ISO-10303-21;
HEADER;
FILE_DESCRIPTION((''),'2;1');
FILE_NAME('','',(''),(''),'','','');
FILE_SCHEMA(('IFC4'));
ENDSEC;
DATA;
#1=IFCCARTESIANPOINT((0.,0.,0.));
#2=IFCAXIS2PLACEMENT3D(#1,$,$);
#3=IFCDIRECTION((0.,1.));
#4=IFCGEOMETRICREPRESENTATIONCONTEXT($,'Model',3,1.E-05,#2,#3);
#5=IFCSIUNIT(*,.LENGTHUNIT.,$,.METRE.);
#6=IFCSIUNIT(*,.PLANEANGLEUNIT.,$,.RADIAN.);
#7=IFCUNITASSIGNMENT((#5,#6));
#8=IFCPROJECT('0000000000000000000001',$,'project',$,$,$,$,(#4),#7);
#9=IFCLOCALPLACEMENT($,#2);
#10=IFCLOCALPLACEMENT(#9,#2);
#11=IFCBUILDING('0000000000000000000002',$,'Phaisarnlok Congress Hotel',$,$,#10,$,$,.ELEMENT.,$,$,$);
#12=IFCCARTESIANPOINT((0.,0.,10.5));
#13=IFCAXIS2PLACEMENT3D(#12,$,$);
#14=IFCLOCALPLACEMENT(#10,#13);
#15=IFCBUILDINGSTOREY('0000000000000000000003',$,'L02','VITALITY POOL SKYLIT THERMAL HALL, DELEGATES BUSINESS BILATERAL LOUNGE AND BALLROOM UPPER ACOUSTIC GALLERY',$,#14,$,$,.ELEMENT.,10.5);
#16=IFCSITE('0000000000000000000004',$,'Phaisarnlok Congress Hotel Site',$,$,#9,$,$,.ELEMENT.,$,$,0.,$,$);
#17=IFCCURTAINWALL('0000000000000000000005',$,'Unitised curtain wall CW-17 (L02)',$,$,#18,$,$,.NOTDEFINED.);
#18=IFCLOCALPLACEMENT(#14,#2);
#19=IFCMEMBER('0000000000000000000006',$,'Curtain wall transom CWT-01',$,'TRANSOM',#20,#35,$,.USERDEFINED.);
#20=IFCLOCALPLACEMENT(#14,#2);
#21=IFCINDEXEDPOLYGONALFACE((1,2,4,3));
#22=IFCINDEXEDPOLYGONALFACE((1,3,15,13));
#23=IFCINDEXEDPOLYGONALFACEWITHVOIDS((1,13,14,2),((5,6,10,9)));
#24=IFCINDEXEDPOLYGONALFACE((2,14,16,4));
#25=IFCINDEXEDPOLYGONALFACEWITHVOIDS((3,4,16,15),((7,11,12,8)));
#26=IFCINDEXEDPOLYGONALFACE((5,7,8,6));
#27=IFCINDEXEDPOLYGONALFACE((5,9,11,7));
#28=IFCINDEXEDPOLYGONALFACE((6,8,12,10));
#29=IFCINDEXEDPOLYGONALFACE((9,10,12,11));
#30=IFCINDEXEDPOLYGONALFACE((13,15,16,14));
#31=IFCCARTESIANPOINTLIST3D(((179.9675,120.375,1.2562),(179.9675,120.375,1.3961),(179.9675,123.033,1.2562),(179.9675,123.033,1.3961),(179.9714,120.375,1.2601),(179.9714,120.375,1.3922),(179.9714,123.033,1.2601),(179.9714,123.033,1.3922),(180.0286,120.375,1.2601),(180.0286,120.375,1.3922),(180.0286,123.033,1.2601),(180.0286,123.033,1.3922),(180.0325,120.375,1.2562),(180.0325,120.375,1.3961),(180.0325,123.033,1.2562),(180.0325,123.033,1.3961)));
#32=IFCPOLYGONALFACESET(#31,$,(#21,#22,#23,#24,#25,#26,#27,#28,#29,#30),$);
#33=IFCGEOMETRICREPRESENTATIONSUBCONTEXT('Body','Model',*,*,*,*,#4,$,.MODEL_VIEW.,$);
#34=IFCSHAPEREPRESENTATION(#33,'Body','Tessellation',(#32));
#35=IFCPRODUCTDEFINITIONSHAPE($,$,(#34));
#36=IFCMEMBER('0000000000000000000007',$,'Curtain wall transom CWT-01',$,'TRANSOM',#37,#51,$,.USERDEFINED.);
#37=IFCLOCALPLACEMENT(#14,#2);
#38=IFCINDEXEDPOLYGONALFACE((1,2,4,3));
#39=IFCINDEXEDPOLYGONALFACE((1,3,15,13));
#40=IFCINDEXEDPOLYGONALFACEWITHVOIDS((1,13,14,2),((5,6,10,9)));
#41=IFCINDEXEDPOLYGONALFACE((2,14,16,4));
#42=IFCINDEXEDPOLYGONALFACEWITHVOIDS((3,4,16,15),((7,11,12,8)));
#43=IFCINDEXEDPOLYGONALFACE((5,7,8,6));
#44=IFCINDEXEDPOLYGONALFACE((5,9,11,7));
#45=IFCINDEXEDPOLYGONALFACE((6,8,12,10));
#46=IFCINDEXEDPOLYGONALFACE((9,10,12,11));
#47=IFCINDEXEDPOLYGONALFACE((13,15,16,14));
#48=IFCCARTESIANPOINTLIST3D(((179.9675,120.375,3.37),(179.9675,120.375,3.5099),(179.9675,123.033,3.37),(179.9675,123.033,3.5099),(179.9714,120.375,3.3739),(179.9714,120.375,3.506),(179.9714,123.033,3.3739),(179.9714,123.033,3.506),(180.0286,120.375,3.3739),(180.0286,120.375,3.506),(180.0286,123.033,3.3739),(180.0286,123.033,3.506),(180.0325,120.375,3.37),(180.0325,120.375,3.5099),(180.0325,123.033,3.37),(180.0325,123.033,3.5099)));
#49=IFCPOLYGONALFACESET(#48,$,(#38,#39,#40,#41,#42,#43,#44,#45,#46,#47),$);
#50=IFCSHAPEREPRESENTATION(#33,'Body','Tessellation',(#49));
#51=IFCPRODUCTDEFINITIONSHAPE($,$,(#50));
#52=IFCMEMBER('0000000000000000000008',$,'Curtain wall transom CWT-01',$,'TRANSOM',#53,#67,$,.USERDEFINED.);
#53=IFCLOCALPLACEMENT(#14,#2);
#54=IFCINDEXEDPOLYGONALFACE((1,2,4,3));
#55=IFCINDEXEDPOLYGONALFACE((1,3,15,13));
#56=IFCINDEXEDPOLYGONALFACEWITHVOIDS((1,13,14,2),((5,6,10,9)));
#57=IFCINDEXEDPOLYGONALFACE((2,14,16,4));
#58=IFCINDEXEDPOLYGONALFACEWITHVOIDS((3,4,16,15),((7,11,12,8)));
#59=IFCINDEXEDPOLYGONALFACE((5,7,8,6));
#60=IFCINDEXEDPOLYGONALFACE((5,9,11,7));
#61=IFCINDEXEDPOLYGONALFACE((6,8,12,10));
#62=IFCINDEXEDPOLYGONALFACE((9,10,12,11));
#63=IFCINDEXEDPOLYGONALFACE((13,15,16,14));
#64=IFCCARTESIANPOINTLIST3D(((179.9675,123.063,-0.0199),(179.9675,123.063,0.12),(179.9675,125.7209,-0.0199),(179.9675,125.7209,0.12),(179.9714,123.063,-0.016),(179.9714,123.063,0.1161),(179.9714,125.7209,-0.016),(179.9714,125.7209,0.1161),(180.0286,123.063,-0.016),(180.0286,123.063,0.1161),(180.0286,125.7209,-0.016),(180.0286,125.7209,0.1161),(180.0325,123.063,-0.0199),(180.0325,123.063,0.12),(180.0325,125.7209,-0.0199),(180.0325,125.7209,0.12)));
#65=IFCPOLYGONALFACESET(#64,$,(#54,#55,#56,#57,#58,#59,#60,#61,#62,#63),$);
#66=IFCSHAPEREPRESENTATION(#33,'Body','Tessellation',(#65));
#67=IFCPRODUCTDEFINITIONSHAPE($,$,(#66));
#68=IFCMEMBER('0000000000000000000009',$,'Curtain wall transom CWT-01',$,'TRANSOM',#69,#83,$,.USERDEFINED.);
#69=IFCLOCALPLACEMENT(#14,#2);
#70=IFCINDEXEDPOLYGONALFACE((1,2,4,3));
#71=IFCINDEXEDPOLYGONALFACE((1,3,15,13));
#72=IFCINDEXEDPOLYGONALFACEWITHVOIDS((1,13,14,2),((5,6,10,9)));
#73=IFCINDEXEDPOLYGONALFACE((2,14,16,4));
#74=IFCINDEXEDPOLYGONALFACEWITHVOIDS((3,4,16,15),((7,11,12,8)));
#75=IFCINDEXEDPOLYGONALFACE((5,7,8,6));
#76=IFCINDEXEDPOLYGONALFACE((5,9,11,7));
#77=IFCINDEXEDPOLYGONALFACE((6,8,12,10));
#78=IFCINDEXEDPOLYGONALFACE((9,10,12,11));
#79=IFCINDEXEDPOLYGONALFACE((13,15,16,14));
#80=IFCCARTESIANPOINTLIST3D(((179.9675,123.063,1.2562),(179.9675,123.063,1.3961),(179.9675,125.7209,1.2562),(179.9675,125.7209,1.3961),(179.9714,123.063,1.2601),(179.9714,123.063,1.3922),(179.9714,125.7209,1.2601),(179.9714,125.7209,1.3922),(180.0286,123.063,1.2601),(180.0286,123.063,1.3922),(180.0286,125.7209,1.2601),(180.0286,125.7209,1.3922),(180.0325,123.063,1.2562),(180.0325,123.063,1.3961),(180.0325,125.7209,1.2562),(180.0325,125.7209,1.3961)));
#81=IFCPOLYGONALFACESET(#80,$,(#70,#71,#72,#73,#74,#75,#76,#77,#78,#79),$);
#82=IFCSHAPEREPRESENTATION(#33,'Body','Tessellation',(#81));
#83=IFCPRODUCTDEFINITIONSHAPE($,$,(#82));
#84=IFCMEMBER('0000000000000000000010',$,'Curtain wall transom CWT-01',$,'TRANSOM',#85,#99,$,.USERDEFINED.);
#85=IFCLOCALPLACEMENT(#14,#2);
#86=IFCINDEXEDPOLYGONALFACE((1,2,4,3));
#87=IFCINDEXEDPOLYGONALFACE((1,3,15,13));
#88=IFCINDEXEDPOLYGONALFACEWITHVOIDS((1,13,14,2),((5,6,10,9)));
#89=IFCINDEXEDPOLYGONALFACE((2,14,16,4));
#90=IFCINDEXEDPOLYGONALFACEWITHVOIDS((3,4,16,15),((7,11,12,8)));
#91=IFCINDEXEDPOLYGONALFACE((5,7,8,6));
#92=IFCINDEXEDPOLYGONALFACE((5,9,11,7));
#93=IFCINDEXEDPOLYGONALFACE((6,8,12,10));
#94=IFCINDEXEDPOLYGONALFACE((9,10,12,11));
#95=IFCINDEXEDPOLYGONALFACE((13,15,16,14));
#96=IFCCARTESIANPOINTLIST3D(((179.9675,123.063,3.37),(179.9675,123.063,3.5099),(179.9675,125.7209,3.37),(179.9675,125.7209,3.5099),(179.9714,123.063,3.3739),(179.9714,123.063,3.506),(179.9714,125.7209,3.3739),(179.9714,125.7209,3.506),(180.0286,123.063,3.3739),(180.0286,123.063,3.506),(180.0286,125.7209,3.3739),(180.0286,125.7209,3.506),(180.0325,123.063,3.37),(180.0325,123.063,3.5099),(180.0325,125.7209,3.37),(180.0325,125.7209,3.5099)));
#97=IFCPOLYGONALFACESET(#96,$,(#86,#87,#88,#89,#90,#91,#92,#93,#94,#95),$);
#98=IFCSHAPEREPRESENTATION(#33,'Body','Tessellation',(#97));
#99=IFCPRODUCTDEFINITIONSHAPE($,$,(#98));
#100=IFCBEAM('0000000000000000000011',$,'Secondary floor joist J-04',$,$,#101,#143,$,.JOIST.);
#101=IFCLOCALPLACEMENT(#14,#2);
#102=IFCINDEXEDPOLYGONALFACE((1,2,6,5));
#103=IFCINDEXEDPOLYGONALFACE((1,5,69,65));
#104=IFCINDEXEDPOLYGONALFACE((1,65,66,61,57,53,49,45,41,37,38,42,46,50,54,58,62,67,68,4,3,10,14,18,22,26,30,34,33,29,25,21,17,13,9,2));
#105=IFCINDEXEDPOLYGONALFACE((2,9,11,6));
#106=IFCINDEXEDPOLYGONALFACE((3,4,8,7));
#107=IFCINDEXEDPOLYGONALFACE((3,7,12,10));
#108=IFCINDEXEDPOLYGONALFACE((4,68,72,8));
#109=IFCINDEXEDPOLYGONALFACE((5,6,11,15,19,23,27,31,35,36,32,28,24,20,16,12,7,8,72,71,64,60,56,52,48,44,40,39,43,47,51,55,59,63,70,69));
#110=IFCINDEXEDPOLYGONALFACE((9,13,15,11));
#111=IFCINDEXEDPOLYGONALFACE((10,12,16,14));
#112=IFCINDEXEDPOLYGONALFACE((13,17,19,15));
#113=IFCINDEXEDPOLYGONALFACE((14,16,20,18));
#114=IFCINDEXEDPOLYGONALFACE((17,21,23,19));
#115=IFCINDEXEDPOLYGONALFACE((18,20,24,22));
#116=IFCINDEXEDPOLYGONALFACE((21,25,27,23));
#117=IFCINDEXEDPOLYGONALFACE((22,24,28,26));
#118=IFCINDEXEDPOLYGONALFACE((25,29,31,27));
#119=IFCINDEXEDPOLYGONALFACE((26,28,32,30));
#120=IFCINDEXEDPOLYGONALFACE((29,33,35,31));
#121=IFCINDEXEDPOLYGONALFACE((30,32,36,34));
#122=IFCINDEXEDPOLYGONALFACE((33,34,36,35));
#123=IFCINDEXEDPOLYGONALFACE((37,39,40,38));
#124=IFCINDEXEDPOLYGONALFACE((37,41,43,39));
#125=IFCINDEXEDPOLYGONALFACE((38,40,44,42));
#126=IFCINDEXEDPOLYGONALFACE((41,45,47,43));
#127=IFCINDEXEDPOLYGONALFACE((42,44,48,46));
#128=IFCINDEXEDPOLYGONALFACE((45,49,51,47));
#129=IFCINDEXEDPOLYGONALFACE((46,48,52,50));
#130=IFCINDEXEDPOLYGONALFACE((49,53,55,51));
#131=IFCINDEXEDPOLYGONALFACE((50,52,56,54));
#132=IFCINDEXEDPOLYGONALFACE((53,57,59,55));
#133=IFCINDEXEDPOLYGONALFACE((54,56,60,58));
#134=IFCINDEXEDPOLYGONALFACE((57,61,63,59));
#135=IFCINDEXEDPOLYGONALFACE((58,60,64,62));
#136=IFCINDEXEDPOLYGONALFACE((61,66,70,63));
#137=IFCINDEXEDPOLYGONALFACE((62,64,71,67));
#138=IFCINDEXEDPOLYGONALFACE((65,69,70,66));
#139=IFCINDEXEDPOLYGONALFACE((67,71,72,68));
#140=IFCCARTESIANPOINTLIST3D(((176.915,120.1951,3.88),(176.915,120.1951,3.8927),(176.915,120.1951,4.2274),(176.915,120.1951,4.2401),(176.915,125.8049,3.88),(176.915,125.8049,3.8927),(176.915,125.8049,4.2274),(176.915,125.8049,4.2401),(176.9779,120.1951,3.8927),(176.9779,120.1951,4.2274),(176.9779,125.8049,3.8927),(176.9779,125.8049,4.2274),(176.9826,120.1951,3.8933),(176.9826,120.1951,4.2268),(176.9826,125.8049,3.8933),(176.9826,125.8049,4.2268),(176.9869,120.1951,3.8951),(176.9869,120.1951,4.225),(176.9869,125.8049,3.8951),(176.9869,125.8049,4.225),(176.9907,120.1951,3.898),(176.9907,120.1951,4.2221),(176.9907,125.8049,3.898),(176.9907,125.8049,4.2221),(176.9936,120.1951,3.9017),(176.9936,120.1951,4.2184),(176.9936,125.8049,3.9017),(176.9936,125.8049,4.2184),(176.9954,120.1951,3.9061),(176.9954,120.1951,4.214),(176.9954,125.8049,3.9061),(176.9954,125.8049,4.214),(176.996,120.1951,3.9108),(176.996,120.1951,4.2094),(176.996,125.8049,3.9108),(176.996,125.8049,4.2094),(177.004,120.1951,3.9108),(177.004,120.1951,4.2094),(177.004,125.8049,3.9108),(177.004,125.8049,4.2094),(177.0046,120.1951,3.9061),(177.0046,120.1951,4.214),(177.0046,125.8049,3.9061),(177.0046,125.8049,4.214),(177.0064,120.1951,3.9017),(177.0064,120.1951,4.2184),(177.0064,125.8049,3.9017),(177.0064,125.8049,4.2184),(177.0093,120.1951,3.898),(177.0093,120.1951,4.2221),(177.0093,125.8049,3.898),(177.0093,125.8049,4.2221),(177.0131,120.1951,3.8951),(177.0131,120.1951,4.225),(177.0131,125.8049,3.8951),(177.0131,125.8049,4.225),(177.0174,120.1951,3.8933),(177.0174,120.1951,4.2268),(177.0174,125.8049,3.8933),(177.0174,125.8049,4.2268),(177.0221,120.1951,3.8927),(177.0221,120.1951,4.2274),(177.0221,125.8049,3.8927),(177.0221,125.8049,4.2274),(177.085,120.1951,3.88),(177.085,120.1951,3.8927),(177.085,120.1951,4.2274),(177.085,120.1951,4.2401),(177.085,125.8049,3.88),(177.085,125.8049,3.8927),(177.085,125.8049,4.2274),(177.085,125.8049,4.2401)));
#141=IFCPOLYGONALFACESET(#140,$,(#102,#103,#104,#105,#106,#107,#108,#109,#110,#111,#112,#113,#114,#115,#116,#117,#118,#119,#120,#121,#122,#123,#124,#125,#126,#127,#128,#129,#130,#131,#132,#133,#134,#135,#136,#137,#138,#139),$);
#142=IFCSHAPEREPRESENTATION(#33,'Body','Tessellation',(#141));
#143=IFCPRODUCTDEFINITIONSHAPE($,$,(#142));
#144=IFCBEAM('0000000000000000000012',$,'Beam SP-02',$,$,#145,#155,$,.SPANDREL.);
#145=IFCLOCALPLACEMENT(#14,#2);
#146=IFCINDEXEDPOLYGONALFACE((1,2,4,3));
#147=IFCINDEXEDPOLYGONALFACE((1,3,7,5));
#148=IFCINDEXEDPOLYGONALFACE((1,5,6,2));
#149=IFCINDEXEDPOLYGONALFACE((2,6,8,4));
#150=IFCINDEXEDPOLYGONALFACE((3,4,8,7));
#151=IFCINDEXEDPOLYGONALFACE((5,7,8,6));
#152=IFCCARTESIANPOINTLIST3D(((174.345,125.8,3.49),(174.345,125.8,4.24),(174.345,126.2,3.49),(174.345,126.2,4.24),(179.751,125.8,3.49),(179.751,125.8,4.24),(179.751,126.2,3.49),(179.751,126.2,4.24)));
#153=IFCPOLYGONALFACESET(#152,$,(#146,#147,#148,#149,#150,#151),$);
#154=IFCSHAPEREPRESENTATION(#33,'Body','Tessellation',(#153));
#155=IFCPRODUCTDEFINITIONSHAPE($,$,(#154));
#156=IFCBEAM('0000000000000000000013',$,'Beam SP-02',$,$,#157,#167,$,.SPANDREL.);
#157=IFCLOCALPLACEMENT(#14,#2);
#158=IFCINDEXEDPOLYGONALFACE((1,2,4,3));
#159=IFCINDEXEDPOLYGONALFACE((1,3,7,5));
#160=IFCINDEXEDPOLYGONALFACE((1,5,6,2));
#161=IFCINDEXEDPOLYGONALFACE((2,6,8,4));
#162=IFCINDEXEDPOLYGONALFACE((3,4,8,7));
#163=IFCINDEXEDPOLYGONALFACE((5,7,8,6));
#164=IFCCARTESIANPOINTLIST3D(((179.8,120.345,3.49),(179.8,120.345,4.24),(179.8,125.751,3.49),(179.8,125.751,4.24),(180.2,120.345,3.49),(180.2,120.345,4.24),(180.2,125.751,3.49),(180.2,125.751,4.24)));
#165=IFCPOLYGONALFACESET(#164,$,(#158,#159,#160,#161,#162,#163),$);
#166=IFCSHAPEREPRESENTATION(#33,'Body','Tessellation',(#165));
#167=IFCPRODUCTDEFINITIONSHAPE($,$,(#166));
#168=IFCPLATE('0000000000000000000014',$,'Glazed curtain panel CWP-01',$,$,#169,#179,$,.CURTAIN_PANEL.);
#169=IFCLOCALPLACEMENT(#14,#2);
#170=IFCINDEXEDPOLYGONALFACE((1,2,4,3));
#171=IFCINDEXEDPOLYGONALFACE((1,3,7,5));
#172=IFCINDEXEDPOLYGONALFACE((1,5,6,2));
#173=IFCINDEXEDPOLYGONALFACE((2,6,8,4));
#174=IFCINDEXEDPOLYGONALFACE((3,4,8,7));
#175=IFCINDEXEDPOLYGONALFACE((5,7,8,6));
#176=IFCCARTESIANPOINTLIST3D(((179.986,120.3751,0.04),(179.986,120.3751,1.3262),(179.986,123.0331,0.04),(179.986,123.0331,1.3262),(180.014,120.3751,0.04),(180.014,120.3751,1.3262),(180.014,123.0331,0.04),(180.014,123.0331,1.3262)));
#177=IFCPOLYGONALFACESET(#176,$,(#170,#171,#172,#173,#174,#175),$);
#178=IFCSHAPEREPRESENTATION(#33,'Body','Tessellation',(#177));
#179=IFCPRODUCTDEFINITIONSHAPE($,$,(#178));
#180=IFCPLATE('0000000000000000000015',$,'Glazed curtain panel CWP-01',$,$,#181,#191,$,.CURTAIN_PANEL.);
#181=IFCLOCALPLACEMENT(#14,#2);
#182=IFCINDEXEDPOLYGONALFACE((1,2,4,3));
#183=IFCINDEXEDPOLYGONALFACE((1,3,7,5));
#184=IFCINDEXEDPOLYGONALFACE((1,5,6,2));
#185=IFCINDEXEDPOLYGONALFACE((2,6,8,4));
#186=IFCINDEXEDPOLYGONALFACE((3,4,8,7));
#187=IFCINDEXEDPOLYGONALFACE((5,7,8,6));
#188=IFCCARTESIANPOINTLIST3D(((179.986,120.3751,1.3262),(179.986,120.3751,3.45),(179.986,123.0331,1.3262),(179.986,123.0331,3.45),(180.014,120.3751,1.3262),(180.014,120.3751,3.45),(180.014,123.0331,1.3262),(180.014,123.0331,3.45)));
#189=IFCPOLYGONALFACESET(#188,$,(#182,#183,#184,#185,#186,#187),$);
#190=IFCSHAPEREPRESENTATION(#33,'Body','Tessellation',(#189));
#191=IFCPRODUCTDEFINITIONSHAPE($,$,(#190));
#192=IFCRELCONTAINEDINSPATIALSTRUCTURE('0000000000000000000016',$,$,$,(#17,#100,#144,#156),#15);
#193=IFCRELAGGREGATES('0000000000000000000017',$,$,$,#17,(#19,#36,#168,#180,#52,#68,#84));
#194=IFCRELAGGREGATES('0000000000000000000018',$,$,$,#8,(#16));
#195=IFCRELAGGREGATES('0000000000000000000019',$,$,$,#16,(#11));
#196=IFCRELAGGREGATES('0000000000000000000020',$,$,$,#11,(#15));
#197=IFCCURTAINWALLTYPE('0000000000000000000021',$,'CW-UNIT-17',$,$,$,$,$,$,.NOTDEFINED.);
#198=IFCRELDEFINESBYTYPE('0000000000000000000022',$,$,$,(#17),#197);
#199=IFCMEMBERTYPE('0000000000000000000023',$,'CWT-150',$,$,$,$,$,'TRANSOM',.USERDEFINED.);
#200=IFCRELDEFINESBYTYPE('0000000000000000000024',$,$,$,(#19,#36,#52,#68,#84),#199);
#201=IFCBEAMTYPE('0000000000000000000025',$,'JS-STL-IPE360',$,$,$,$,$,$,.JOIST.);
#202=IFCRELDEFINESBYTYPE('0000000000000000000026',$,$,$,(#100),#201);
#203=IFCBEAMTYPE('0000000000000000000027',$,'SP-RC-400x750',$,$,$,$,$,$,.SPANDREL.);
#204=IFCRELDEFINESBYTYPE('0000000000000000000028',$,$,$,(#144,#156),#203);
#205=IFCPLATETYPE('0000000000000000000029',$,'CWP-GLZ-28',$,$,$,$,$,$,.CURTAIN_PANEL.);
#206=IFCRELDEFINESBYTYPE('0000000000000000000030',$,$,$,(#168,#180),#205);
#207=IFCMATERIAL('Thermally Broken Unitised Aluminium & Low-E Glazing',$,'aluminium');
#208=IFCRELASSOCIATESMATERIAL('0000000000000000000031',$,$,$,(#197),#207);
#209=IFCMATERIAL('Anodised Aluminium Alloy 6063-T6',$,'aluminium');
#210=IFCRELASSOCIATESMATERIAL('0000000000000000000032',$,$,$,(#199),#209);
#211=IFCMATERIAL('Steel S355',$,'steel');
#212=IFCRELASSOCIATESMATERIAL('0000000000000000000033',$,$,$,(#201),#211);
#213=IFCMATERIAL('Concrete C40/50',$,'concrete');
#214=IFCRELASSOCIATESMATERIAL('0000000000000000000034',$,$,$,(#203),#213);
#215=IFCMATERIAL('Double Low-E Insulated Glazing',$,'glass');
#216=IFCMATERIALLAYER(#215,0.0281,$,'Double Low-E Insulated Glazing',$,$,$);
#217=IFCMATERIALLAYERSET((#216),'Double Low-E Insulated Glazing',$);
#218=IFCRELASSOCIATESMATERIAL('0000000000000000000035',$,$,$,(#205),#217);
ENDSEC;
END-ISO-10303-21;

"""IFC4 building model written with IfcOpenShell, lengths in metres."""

from ifc_helpers import new_model, si_unit, direction, frame, frame_2d, origin, origin_2d, place, context, subcontext, project, spatial, rectangle, hollow_rectangle, i_section, extrude, material, layer, layer_set, material_profile, profile_set, type_object, element, aggregate, save


model = new_model("IFC4")

# Units and contexts
model_context = context("Model", 3, precision=1e-05, world=origin(), true_north=direction((0.0, 1.0)))
body_context = subcontext(model_context, "Body", "Model", "MODEL_VIEW")
ifc_project = project(units=[si_unit("LENGTHUNIT", "METRE"), si_unit("PLANEANGLEUNIT", "RADIAN")], contexts=[model_context])

# Site, building, storey
site_placement = place(None, origin())
site = spatial("IfcSite", under=ifc_project, at=site_placement, Name="Phaisarnlok Congress Hotel Site", CompositionType="ELEMENT", RefElevation=0.0)
building_placement = place(site_placement, origin())
building = spatial("IfcBuilding", under=site, at=building_placement, Name="Phaisarnlok Congress Hotel", CompositionType="ELEMENT")
storey_placement = place(building_placement, frame((0.0, 0.0, 10.5)))
storey = spatial("IfcBuildingStorey", under=building, at=storey_placement, Name="L02", Description="VITALITY POOL SKYLIT THERMAL HALL, DELEGATES BUSINESS BILATERAL LOUNGE AND BALLROOM UPPER ACOUSTIC GALLERY", CompositionType="ELEMENT", Elevation=10.5)

# Shared definitions
ifc_material_1 = material(Name="Steel S355", Category="steel")

# Shared definitions
ifc_material_2 = material(Name="Concrete C40/50", Category="concrete")

# Curtain wall, members
ifc_material_3 = material(Name="Thermally Broken Unitised Aluminium & Low-E Glazing", Category="aluminium")
curtain_wall_type = type_object("IfcCurtainWallType", Name="CW-UNIT-17", PredefinedType="NOTDEFINED", material=ifc_material_3)
curtain_wall_placement = place(storey_placement, origin())
curtain_wall = element("IfcCurtainWall", 1, at=curtain_wall_placement, inside=storey, type_object=curtain_wall_type, Name="Unitised curtain wall CW-17 (L02)", PredefinedType="NOTDEFINED")
ifc_material_4 = material(Name="Anodised Aluminium Alloy 6063-T6", Category="aluminium")
ifc_material_profile_1 = material_profile(ifc_material_4, hollow_rectangle(XDim=0.0649, YDim=0.1399, WallThickness=0.0039, at=origin_2d()), Name="ALU-T 65x140x4")
ifc_profile_set_1 = profile_set([ifc_material_profile_1], Name="Anodised Aluminium Alloy 6063-T6")
member_type_1 = type_object("IfcMemberType", Name="CWT-150", ElementType="TRANSOM", PredefinedType="USERDEFINED", material=ifc_profile_set_1)
member_1_placement = place(storey_placement, frame((180.0, 120.375, 1.3262), z_axis=(0.0, 1.0, 0.0), x_axis=(-1.0, 0.0, 0.0)))
member_1 = element("IfcMember", 2, at=member_1_placement, type_object=member_type_1, Name="Curtain wall transom CWT-01", ObjectType="TRANSOM", PredefinedType="USERDEFINED", context=body_context, shape_type="SweptSolid", body=[
    extrude(hollow_rectangle(XDim=0.0649, YDim=0.1399, WallThickness=0.0039, at=origin_2d()), origin(), (0.0, 0.0, 1.0), 2.658),
])
member_2_placement = place(storey_placement, frame((180.0, 120.375, 3.4399), z_axis=(0.0, 1.0, 0.0), x_axis=(-1.0, 0.0, 0.0)))
member_2 = element("IfcMember", 3, at=member_2_placement, type_object=member_type_1, Name="Curtain wall transom CWT-01", ObjectType="TRANSOM", PredefinedType="USERDEFINED", context=body_context, shape_type="SweptSolid", body=[
    extrude(hollow_rectangle(XDim=0.0649, YDim=0.1399, WallThickness=0.0039, at=origin_2d()), origin(), (0.0, 0.0, 1.0), 2.658),
])
member_3_placement = place(storey_placement, frame((180.0, 123.063, 0.05), z_axis=(0.0, 1.0, 0.0), x_axis=(-1.0, 0.0, 0.0)))
member_3 = element("IfcMember", 4, at=member_3_placement, type_object=member_type_1, Name="Curtain wall transom CWT-01", ObjectType="TRANSOM", PredefinedType="USERDEFINED", context=body_context, shape_type="SweptSolid", body=[
    extrude(hollow_rectangle(XDim=0.0649, YDim=0.1399, WallThickness=0.0039, at=origin_2d()), origin(), (0.0, 0.0, 1.0), 2.658),
])
member_4_placement = place(storey_placement, frame((180.0, 123.063, 1.3262), z_axis=(0.0, 1.0, 0.0), x_axis=(-1.0, 0.0, 0.0)))
member_4 = element("IfcMember", 5, at=member_4_placement, type_object=member_type_1, Name="Curtain wall transom CWT-01", ObjectType="TRANSOM", PredefinedType="USERDEFINED", context=body_context, shape_type="SweptSolid", body=[
    extrude(hollow_rectangle(XDim=0.0649, YDim=0.1399, WallThickness=0.0039, at=origin_2d()), origin(), (0.0, 0.0, 1.0), 2.658),
])
member_5_placement = place(storey_placement, frame((180.0, 123.063, 3.4399), z_axis=(0.0, 1.0, 0.0), x_axis=(-1.0, 0.0, 0.0)))
member_5 = element("IfcMember", 6, at=member_5_placement, type_object=member_type_1, Name="Curtain wall transom CWT-01", ObjectType="TRANSOM", PredefinedType="USERDEFINED", context=body_context, shape_type="SweptSolid", body=[
    extrude(hollow_rectangle(XDim=0.0649, YDim=0.1399, WallThickness=0.0039, at=origin_2d()), origin(), (0.0, 0.0, 1.0), 2.658),
])

# Beams
ifc_material_profile_2 = material_profile(ifc_material_1, i_section(OverallWidth=0.1699, OverallDepth=0.3601, WebThickness=0.0081, FlangeThickness=0.0127, FilletRadius=0.0181, at=origin_2d()), Name="IPE 360")
ifc_profile_set_2 = profile_set([ifc_material_profile_2], Name="Steel S355")
beam_type_1 = type_object("IfcBeamType", Name="JS-STL-IPE360", PredefinedType="JOIST", material=ifc_profile_set_2)
beam_1_placement = place(storey_placement, frame((177.0, 120.1951, 4.0601), z_axis=(0.0, 1.0, 0.0), x_axis=(-1.0, 0.0, 0.0)))
element("IfcBeam", 7, at=beam_1_placement, inside=storey, type_object=beam_type_1, Name="Secondary floor joist J-04", PredefinedType="JOIST", context=body_context, shape_type="SweptSolid", body=[
    extrude(i_section(OverallWidth=0.1699, OverallDepth=0.3601, WebThickness=0.0081, FlangeThickness=0.0127, FilletRadius=0.0181, at=origin_2d()), origin(), (0.0, 0.0, 1.0), 5.6099),
])
ifc_material_profile_3 = material_profile(ifc_material_2, rectangle(XDim=0.3999, YDim=0.75, at=origin_2d()), Name="RC 400x750")
ifc_profile_set_3 = profile_set([ifc_material_profile_3], Name="Concrete C40/50")
beam_type_2 = type_object("IfcBeamType", Name="SP-RC-400x750", PredefinedType="SPANDREL", material=ifc_profile_set_3)
for number, where, z_axis, x_axis, name in (
    (8, (174.345, 126.0, 3.865), (1.0, 0.0, 0.0), (0.0, 1.0, 0.0), "Beam SP-02"),
    (9, (180.0, 120.345, 3.865), (0.0, 1.0, 0.0), (-1.0, 0.0, 0.0), "Beam SP-02"),
):
    element("IfcBeam", number, at=place(storey_placement, frame(where, z_axis=z_axis, x_axis=x_axis)), inside=storey, type_object=beam_type_2, Name=name, PredefinedType="SPANDREL", context=body_context, shape_type="SweptSolid", body=[
        extrude(rectangle(XDim=0.3999, YDim=0.75, at=origin_2d()), origin(), (0.0, 0.0, 1.0), 5.406),
    ])

# Plates
ifc_material_5 = material(Name="Double Low-E Insulated Glazing", Category="glass")
ifc_layer_1 = layer(ifc_material_5, 0.0281, Name="Double Low-E Insulated Glazing")
ifc_layer_set_1 = layer_set([ifc_layer_1], Name="Double Low-E Insulated Glazing")
plate_type_1 = type_object("IfcPlateType", Name="CWP-GLZ-28", PredefinedType="CURTAIN_PANEL", material=ifc_layer_set_1)
plate_1_placement = place(storey_placement, frame((180.0, 120.375, 0.04), z_axis=(0.0, 0.0, 1.0), x_axis=(0.0, 1.0, 0.0)))
plate_1 = element("IfcPlate", 10, at=plate_1_placement, type_object=plate_type_1, Name="Glazed curtain panel CWP-01", PredefinedType="CURTAIN_PANEL", context=body_context, shape_type="SweptSolid", body=[
    extrude(rectangle(XDim=2.658, YDim=0.0281, at=frame_2d((1.3291, 0.0))), origin(), (0.0, 0.0, 1.0), 1.2861),
])
plate_2_placement = place(storey_placement, frame((180.0, 120.375, 1.3262), z_axis=(0.0, 0.0, 1.0), x_axis=(0.0, 1.0, 0.0)))
plate_2 = element("IfcPlate", 11, at=plate_2_placement, type_object=plate_type_1, Name="Glazed curtain panel CWP-01", PredefinedType="CURTAIN_PANEL", context=body_context, shape_type="SweptSolid", body=[
    extrude(rectangle(XDim=2.658, YDim=0.0281, at=frame_2d((1.3291, 0.0))), origin(), (0.0, 0.0, 1.0), 2.1238),
])
aggregate(curtain_wall, [member_1, member_2, plate_1, plate_2, member_3, member_4, member_5])

save(model, "model.ifc")
